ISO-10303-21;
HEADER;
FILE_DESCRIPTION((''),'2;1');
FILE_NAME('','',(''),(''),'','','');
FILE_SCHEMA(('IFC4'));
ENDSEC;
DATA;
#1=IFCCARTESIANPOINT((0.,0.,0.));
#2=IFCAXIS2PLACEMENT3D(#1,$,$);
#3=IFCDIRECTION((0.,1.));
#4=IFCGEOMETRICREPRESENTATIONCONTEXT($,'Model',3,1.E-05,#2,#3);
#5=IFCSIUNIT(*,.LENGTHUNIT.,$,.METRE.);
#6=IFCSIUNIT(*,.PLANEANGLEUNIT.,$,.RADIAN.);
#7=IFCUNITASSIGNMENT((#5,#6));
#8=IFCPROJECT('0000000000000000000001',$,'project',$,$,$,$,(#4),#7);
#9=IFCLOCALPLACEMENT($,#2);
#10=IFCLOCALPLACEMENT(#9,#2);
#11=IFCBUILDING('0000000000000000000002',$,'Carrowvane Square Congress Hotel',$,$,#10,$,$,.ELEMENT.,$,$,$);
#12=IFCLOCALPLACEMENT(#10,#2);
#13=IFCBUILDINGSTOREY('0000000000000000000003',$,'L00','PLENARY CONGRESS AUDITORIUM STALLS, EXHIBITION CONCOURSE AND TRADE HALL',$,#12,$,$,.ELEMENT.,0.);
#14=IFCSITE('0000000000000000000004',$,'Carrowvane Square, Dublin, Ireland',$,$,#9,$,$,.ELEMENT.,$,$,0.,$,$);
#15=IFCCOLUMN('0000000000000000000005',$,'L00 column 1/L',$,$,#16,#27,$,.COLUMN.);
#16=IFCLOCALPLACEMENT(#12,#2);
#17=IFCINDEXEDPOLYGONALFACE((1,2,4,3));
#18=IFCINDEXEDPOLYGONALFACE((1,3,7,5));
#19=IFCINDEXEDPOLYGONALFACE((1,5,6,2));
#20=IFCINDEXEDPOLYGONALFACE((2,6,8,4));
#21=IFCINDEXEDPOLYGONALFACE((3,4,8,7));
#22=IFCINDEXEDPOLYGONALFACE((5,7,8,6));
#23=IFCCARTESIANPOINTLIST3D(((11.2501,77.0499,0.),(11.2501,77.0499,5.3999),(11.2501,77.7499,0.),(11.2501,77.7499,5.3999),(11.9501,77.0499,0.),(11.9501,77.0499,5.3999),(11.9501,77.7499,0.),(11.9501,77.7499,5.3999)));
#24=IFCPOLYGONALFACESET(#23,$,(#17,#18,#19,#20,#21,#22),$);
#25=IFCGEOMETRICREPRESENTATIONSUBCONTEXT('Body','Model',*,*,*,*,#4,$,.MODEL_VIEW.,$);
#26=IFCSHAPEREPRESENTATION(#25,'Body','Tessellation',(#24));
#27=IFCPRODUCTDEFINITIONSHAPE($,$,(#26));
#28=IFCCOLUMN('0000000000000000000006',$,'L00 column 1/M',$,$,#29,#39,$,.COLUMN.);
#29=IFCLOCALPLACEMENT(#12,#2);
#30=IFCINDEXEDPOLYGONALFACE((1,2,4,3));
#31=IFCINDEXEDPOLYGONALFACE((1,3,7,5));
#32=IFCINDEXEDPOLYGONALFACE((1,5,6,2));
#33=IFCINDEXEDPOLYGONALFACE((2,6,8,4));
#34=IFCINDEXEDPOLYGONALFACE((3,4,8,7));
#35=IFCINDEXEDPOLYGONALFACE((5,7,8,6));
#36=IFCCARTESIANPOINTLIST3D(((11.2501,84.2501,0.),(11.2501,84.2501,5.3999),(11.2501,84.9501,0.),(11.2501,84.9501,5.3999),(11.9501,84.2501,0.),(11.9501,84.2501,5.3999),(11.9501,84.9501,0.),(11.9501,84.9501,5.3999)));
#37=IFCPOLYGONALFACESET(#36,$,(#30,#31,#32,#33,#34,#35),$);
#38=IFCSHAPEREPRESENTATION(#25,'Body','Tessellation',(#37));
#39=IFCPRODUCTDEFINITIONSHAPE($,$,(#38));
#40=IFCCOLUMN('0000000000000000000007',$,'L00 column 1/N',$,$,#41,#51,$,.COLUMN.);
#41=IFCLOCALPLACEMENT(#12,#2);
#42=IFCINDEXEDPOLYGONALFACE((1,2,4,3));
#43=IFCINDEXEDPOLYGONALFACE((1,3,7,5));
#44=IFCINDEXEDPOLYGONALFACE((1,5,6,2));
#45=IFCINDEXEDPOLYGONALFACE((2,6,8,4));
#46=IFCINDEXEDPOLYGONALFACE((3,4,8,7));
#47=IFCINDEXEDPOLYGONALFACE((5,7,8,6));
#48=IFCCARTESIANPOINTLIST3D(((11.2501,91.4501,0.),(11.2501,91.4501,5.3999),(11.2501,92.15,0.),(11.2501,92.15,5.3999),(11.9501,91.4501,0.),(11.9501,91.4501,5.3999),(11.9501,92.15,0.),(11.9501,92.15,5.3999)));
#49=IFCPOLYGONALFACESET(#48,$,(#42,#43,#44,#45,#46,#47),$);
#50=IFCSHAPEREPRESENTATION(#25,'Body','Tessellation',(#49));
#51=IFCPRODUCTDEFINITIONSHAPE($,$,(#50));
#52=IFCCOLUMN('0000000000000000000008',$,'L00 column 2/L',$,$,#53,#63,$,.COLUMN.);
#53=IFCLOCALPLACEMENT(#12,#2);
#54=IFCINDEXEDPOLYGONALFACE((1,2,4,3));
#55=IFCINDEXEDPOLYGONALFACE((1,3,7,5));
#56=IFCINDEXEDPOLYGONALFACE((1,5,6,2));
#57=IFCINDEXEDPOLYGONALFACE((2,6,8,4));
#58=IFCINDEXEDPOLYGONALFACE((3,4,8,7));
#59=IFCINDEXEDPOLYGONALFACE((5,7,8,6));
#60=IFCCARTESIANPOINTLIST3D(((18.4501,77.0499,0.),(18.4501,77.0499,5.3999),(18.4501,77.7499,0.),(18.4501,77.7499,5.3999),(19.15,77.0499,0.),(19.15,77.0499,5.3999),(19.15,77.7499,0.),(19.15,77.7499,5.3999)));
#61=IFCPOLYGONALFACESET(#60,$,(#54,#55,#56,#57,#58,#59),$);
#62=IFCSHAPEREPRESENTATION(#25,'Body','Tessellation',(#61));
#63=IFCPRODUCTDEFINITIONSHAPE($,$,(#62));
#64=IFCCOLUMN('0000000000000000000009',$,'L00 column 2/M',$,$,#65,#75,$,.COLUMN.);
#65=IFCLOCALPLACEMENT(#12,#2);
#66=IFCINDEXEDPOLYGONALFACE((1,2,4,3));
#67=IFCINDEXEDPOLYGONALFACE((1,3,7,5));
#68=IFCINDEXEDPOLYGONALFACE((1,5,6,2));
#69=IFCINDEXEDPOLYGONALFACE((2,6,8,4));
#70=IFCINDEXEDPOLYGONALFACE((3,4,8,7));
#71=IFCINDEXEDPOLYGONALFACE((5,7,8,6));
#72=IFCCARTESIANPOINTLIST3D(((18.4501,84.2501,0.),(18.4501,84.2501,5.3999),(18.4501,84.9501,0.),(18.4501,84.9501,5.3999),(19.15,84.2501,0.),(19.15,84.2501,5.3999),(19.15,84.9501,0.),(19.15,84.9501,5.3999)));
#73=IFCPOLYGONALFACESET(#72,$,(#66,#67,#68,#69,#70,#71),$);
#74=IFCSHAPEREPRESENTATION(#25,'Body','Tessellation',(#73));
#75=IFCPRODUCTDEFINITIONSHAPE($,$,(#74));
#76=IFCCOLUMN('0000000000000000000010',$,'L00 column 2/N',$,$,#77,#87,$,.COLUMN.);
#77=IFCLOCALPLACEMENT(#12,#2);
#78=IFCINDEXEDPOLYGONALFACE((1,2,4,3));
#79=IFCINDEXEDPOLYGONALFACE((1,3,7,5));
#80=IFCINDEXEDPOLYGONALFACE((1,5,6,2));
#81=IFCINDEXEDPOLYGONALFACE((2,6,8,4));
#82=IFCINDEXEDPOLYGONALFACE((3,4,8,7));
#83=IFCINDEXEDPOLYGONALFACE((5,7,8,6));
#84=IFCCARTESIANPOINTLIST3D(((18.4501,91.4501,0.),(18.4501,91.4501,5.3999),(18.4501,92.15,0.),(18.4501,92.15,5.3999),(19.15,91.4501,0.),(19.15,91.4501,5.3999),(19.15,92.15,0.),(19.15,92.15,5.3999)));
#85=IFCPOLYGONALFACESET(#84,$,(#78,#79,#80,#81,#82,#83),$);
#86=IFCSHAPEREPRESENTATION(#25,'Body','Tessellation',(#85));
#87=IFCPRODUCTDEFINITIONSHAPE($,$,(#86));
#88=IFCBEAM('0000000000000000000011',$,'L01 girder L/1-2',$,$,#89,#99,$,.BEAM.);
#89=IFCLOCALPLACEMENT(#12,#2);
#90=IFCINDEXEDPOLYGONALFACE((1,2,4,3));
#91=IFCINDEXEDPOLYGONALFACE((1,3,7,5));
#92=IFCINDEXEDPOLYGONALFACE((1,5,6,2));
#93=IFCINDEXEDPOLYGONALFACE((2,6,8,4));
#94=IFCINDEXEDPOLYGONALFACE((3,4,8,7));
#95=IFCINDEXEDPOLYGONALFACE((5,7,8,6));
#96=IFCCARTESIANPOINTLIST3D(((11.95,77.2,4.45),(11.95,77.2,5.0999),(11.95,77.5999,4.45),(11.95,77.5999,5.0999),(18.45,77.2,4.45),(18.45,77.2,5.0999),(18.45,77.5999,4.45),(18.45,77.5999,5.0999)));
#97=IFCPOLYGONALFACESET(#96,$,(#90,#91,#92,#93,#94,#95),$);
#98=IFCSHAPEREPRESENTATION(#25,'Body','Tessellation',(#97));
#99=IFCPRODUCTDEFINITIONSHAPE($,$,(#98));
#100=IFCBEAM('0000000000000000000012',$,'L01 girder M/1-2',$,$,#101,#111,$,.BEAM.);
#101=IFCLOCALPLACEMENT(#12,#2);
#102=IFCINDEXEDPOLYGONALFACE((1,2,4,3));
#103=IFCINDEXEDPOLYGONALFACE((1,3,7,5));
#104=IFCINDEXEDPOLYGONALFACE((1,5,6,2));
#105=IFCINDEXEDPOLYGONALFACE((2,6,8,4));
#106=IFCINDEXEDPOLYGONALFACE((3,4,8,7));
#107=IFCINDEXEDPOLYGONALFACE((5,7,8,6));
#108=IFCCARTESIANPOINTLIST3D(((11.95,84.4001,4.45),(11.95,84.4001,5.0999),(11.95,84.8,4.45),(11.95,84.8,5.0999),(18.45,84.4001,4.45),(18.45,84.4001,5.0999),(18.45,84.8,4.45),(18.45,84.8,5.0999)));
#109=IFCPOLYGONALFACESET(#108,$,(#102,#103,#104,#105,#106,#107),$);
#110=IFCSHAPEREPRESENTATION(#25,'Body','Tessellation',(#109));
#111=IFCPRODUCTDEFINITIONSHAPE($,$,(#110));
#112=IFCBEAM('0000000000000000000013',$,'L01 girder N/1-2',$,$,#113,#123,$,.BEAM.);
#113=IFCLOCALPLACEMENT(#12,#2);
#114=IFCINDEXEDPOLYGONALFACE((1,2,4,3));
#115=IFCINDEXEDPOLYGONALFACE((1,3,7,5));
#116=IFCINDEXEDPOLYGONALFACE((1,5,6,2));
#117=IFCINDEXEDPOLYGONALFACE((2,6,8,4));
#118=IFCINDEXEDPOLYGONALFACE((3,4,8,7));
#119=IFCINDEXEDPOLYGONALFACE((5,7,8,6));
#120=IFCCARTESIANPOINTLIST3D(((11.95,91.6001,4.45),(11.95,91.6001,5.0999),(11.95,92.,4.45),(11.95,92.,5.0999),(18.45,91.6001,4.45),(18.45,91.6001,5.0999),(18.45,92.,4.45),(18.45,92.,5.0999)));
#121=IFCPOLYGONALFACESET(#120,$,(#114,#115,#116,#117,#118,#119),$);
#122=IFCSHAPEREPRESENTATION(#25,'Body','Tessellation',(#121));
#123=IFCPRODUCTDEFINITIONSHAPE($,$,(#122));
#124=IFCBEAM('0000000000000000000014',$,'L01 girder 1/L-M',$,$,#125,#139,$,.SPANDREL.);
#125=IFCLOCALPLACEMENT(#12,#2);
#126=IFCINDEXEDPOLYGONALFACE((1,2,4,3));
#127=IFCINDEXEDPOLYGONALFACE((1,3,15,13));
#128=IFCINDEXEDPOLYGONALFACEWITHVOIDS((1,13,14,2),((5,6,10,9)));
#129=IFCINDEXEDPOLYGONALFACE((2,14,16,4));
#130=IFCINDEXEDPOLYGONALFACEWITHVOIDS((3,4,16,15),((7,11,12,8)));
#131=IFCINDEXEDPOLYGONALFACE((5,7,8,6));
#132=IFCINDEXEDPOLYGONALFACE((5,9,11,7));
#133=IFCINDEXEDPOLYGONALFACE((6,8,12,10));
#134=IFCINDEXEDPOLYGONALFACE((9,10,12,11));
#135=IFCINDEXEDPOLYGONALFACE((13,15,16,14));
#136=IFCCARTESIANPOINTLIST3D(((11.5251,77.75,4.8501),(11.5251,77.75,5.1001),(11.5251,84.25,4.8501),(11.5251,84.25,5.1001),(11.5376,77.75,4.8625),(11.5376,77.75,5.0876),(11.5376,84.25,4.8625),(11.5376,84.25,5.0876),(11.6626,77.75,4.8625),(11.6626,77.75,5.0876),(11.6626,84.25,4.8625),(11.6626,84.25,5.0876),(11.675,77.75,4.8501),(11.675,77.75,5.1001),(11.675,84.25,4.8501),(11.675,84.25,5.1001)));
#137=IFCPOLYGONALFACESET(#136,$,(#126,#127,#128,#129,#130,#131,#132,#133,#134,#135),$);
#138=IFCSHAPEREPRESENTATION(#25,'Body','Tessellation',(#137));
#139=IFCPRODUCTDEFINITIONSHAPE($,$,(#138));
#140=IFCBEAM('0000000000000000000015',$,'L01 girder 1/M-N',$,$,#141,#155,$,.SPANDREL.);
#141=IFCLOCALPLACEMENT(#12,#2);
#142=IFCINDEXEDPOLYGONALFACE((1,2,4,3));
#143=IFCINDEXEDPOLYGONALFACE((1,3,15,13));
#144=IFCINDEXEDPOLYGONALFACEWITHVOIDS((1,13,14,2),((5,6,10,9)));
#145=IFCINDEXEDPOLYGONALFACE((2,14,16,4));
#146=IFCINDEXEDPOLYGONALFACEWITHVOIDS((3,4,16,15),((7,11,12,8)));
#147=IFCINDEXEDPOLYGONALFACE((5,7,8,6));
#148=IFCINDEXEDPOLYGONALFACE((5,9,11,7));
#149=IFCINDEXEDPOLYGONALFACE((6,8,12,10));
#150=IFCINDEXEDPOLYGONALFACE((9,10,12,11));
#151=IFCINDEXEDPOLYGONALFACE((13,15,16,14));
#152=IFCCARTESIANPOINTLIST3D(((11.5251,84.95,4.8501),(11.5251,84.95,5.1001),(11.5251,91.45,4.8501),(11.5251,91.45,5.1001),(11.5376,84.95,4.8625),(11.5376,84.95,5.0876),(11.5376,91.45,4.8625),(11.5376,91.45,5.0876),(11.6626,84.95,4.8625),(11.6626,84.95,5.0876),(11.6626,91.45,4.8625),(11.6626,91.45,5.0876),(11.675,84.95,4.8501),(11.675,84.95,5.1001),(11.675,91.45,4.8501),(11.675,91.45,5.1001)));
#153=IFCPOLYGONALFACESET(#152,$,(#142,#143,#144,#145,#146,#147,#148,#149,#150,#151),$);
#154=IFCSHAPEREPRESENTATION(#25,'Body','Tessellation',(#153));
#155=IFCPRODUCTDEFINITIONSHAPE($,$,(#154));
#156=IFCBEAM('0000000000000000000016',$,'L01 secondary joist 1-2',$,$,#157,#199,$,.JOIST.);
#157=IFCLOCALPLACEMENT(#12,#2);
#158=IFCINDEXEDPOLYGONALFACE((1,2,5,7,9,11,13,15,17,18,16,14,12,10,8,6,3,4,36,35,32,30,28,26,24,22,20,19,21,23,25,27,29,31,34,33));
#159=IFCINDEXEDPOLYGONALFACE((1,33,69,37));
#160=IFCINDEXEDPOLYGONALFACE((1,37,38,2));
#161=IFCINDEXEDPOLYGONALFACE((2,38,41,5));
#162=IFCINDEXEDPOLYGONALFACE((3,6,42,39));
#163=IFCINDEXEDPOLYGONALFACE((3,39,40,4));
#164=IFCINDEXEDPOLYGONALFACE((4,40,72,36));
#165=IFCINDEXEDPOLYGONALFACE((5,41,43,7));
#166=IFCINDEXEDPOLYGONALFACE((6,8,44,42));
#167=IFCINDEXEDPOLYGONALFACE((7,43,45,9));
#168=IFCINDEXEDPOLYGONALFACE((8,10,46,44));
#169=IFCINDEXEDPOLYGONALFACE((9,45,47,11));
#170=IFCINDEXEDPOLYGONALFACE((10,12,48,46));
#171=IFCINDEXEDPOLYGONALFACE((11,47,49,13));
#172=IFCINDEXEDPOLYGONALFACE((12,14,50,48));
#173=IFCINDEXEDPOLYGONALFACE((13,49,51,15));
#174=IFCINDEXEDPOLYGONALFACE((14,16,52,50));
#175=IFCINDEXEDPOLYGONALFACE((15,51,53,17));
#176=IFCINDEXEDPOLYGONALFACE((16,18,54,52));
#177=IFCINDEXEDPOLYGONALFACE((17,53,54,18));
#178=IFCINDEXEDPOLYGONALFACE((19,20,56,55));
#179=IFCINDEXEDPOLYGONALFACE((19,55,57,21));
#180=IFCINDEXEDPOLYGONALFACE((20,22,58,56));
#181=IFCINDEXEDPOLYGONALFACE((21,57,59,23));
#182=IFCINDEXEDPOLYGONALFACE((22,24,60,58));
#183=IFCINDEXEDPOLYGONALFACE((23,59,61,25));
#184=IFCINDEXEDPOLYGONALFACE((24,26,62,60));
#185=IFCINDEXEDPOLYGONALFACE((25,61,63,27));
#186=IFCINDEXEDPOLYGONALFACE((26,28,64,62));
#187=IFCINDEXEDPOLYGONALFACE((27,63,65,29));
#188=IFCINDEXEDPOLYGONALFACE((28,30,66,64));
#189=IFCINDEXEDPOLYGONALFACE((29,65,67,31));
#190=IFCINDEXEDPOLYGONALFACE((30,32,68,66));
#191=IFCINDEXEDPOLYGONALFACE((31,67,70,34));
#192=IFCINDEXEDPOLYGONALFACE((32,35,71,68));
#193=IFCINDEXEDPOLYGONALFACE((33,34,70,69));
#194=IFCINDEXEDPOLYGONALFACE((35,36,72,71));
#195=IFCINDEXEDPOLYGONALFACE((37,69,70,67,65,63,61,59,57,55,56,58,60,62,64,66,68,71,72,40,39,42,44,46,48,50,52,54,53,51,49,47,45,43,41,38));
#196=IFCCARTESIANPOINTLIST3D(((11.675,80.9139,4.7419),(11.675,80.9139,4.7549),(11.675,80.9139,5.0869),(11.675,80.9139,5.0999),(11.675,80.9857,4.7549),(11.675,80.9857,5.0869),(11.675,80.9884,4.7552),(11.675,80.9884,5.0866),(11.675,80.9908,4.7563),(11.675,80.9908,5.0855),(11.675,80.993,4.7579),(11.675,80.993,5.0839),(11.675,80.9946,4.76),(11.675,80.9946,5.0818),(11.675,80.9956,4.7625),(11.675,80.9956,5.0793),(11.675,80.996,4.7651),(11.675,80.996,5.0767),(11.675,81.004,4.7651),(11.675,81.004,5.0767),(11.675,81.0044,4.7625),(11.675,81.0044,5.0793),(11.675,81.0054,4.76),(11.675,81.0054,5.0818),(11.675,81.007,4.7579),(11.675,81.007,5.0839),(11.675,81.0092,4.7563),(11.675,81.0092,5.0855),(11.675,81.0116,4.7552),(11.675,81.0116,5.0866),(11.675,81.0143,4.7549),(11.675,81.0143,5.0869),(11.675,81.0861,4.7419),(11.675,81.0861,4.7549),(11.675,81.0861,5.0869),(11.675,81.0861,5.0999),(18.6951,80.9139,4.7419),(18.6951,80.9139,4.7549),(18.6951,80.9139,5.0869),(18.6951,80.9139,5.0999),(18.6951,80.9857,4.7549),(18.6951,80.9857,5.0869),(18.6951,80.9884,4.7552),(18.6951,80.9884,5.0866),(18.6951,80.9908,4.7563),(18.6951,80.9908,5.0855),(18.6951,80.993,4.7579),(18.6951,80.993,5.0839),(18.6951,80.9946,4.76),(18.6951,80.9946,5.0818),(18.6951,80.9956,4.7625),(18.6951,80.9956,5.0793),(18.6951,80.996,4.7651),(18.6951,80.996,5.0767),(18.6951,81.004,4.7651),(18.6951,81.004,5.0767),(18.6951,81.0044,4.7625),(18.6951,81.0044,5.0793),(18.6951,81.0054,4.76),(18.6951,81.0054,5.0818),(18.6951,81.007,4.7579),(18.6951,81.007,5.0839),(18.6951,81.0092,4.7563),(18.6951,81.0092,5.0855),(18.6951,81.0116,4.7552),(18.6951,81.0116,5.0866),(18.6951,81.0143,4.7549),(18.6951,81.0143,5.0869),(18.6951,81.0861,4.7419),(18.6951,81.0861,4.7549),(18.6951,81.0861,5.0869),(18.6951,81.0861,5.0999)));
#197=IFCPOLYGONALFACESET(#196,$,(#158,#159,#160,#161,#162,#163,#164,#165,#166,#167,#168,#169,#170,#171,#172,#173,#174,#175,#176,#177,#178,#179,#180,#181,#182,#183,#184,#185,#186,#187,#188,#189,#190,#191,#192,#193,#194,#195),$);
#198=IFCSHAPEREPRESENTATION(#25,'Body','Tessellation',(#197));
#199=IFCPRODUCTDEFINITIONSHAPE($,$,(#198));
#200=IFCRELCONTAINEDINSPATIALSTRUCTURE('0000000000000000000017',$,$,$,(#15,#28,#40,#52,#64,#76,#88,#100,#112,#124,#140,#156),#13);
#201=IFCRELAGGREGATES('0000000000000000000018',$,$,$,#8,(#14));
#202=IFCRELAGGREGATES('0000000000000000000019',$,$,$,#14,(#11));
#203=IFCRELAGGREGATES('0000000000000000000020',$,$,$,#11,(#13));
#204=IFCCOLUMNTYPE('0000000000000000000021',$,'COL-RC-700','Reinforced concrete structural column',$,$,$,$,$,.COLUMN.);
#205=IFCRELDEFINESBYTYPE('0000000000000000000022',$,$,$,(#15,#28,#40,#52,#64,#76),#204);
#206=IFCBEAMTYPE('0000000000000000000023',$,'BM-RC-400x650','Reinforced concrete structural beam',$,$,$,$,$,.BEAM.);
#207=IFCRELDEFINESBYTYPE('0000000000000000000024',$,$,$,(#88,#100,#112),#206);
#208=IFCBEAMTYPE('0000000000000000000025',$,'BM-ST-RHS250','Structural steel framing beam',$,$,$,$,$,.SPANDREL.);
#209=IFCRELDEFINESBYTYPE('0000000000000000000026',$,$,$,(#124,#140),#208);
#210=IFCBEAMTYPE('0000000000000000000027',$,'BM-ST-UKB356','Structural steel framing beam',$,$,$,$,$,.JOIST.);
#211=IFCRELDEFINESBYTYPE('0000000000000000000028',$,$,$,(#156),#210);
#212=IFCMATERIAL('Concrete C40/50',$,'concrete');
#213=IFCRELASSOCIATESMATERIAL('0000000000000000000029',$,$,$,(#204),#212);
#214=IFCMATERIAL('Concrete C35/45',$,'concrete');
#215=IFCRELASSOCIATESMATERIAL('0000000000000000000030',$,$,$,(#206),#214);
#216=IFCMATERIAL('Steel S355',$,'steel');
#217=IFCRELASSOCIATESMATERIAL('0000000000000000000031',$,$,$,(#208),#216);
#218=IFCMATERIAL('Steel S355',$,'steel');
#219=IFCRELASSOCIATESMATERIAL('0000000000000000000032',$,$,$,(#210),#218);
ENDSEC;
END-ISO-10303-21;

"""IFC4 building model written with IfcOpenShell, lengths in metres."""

from ifc_helpers import new_model, si_unit, direction, frame, origin, origin_2d, place, context, subcontext, project, spatial, rectangle, hollow_rectangle, i_section, extrude, material, material_profile, profile_set, type_object, element, save


model = new_model("IFC4")

# Units and contexts
model_context = context("Model", 3, precision=1e-05, world=origin(), true_north=direction((0.0, 1.0)))
body_context = subcontext(model_context, "Body", "Model", "MODEL_VIEW")
ifc_project = project(units=[si_unit("LENGTHUNIT", "METRE"), si_unit("PLANEANGLEUNIT", "RADIAN")], contexts=[model_context])

# Site, building, storey
site_placement = place(None, origin())
site = spatial("IfcSite", under=ifc_project, at=site_placement, Name="Carrowvane Square, Dublin, Ireland", CompositionType="ELEMENT", RefElevation=0.0)
building_placement = place(site_placement, origin())
building = spatial("IfcBuilding", under=site, at=building_placement, Name="Carrowvane Square Congress Hotel", CompositionType="ELEMENT")
storey_placement = place(building_placement, origin())
storey = spatial("IfcBuildingStorey", under=building, at=storey_placement, Name="L00", Description="PLENARY CONGRESS AUDITORIUM STALLS, EXHIBITION CONCOURSE AND TRADE HALL", CompositionType="ELEMENT", Elevation=0.0)

# Columns
ifc_material_1 = material(Name="Concrete C40/50", Category="concrete")
ifc_material_profile_1 = material_profile(ifc_material_1, rectangle(XDim=0.7, YDim=0.7, at=origin_2d()), Name="RC 700x700")
ifc_profile_set_1 = profile_set([ifc_material_profile_1], Name="Concrete C40/50")
column_type = type_object("IfcColumnType", Name="COL-RC-700", Description="Reinforced concrete structural column", PredefinedType="COLUMN", material=ifc_profile_set_1)
for number, where, z_axis, x_axis, name in (
    (1, (11.6001, 77.3999, 0.0), (0.0, 0.0, 1.0), (1.0, 0.0, 0.0), "L00 column 1/L"),
    (2, (11.6001, 84.6001, 0.0), (0.0, 0.0, 1.0), (1.0, 0.0, 0.0), "L00 column 1/M"),
    (3, (11.6001, 91.8, 0.0), (0.0, 0.0, 1.0), (1.0, 0.0, 0.0), "L00 column 1/N"),
    (4, (18.8, 77.3999, 0.0), (0.0, 0.0, 1.0), (1.0, 0.0, 0.0), "L00 column 2/L"),
    (5, (18.8, 84.6001, 0.0), (0.0, 0.0, 1.0), (1.0, 0.0, 0.0), "L00 column 2/M"),
    (6, (18.8, 91.8, 0.0), (0.0, 0.0, 1.0), (1.0, 0.0, 0.0), "L00 column 2/N"),
):
    element("IfcColumn", number, at=place(storey_placement, frame(where, z_axis=z_axis, x_axis=x_axis)), inside=storey, type_object=column_type, Name=name, PredefinedType="COLUMN", context=body_context, shape_type="SweptSolid", body=[
        extrude(rectangle(XDim=0.7, YDim=0.7, at=origin_2d()), origin(), (0.0, 0.0, 1.0), 5.3999),
    ])

# Beams
ifc_material_2 = material(Name="Concrete C35/45", Category="concrete")
ifc_material_profile_2 = material_profile(ifc_material_2, rectangle(XDim=0.3999, YDim=0.6499, at=origin_2d()), Name="RC 400x650")
ifc_profile_set_2 = profile_set([ifc_material_profile_2], Name="Concrete C35/45")
beam_type_1 = type_object("IfcBeamType", Name="BM-RC-400x650", Description="Reinforced concrete structural beam", PredefinedType="BEAM", material=ifc_profile_set_2)
for number, where, z_axis, x_axis, name in (
    (7, (11.95, 77.3999, 4.7749), (1.0, 0.0, 0.0), (0.0, 1.0, 0.0), "L01 girder L/1-2"),
    (8, (11.95, 84.6001, 4.7749), (1.0, 0.0, 0.0), (0.0, 1.0, 0.0), "L01 girder M/1-2"),
    (9, (11.95, 91.8, 4.7749), (1.0, 0.0, 0.0), (0.0, 1.0, 0.0), "L01 girder N/1-2"),
):
    element("IfcBeam", number, at=place(storey_placement, frame(where, z_axis=z_axis, x_axis=x_axis)), inside=storey, type_object=beam_type_1, Name=name, PredefinedType="BEAM", context=body_context, shape_type="SweptSolid", body=[
        extrude(rectangle(XDim=0.3999, YDim=0.6499, at=origin_2d()), origin(), (0.0, 0.0, 1.0), 6.5),
    ])
ifc_material_3 = material(Name="Steel S355", Category="steel")
ifc_material_profile_3 = material_profile(ifc_material_3, hollow_rectangle(XDim=0.1499, YDim=0.25, WallThickness=0.0125, at=origin_2d()), Name="RHS 250x150x12.5")
ifc_profile_set_3 = profile_set([ifc_material_profile_3], Name="Steel S355")
beam_type_2 = type_object("IfcBeamType", Name="BM-ST-RHS250", Description="Structural steel framing beam", PredefinedType="SPANDREL", material=ifc_profile_set_3)
for number, where, z_axis, x_axis, name in (
    (10, (11.6001, 77.75, 4.9751), (0.0, 1.0, 0.0), (-1.0, 0.0, 0.0), "L01 girder 1/L-M"),
    (11, (11.6001, 84.95, 4.9751), (0.0, 1.0, 0.0), (-1.0, 0.0, 0.0), "L01 girder 1/M-N"),
):
    element("IfcBeam", number, at=place(storey_placement, frame(where, z_axis=z_axis, x_axis=x_axis)), inside=storey, type_object=beam_type_2, Name=name, PredefinedType="SPANDREL", context=body_context, shape_type="SweptSolid", body=[
        extrude(hollow_rectangle(XDim=0.1499, YDim=0.25, WallThickness=0.0125, at=origin_2d()), origin(), (0.0, 0.0, 1.0), 6.5),
    ])
ifc_material_4 = material(Name="Steel S355", Category="steel")
ifc_material_profile_4 = material_profile(ifc_material_4, i_section(OverallWidth=0.1721, OverallDepth=0.3579, WebThickness=0.0081, FlangeThickness=0.0129, FilletRadius=0.0103, at=origin_2d()), Name="UKB 356x171x57")
ifc_profile_set_4 = profile_set([ifc_material_profile_4], Name="Steel S355")
beam_type_3 = type_object("IfcBeamType", Name="BM-ST-UKB356", Description="Structural steel framing beam", PredefinedType="JOIST", material=ifc_profile_set_4)
for number, where, z_axis, x_axis, name in (
    (12, (11.675, 81.0, 4.9209), (1.0, 0.0, 0.0), (0.0, 1.0, 0.0), "L01 secondary joist 1-2"),
):
    element("IfcBeam", number, at=place(storey_placement, frame(where, z_axis=z_axis, x_axis=x_axis)), inside=storey, type_object=beam_type_3, Name=name, PredefinedType="JOIST", context=body_context, shape_type="SweptSolid", body=[
        extrude(i_section(OverallWidth=0.1721, OverallDepth=0.3579, WebThickness=0.0081, FlangeThickness=0.0129, FilletRadius=0.0103, at=origin_2d()), origin(), (0.0, 0.0, 1.0), 7.02),
    ])

save(model, "model.ifc")
